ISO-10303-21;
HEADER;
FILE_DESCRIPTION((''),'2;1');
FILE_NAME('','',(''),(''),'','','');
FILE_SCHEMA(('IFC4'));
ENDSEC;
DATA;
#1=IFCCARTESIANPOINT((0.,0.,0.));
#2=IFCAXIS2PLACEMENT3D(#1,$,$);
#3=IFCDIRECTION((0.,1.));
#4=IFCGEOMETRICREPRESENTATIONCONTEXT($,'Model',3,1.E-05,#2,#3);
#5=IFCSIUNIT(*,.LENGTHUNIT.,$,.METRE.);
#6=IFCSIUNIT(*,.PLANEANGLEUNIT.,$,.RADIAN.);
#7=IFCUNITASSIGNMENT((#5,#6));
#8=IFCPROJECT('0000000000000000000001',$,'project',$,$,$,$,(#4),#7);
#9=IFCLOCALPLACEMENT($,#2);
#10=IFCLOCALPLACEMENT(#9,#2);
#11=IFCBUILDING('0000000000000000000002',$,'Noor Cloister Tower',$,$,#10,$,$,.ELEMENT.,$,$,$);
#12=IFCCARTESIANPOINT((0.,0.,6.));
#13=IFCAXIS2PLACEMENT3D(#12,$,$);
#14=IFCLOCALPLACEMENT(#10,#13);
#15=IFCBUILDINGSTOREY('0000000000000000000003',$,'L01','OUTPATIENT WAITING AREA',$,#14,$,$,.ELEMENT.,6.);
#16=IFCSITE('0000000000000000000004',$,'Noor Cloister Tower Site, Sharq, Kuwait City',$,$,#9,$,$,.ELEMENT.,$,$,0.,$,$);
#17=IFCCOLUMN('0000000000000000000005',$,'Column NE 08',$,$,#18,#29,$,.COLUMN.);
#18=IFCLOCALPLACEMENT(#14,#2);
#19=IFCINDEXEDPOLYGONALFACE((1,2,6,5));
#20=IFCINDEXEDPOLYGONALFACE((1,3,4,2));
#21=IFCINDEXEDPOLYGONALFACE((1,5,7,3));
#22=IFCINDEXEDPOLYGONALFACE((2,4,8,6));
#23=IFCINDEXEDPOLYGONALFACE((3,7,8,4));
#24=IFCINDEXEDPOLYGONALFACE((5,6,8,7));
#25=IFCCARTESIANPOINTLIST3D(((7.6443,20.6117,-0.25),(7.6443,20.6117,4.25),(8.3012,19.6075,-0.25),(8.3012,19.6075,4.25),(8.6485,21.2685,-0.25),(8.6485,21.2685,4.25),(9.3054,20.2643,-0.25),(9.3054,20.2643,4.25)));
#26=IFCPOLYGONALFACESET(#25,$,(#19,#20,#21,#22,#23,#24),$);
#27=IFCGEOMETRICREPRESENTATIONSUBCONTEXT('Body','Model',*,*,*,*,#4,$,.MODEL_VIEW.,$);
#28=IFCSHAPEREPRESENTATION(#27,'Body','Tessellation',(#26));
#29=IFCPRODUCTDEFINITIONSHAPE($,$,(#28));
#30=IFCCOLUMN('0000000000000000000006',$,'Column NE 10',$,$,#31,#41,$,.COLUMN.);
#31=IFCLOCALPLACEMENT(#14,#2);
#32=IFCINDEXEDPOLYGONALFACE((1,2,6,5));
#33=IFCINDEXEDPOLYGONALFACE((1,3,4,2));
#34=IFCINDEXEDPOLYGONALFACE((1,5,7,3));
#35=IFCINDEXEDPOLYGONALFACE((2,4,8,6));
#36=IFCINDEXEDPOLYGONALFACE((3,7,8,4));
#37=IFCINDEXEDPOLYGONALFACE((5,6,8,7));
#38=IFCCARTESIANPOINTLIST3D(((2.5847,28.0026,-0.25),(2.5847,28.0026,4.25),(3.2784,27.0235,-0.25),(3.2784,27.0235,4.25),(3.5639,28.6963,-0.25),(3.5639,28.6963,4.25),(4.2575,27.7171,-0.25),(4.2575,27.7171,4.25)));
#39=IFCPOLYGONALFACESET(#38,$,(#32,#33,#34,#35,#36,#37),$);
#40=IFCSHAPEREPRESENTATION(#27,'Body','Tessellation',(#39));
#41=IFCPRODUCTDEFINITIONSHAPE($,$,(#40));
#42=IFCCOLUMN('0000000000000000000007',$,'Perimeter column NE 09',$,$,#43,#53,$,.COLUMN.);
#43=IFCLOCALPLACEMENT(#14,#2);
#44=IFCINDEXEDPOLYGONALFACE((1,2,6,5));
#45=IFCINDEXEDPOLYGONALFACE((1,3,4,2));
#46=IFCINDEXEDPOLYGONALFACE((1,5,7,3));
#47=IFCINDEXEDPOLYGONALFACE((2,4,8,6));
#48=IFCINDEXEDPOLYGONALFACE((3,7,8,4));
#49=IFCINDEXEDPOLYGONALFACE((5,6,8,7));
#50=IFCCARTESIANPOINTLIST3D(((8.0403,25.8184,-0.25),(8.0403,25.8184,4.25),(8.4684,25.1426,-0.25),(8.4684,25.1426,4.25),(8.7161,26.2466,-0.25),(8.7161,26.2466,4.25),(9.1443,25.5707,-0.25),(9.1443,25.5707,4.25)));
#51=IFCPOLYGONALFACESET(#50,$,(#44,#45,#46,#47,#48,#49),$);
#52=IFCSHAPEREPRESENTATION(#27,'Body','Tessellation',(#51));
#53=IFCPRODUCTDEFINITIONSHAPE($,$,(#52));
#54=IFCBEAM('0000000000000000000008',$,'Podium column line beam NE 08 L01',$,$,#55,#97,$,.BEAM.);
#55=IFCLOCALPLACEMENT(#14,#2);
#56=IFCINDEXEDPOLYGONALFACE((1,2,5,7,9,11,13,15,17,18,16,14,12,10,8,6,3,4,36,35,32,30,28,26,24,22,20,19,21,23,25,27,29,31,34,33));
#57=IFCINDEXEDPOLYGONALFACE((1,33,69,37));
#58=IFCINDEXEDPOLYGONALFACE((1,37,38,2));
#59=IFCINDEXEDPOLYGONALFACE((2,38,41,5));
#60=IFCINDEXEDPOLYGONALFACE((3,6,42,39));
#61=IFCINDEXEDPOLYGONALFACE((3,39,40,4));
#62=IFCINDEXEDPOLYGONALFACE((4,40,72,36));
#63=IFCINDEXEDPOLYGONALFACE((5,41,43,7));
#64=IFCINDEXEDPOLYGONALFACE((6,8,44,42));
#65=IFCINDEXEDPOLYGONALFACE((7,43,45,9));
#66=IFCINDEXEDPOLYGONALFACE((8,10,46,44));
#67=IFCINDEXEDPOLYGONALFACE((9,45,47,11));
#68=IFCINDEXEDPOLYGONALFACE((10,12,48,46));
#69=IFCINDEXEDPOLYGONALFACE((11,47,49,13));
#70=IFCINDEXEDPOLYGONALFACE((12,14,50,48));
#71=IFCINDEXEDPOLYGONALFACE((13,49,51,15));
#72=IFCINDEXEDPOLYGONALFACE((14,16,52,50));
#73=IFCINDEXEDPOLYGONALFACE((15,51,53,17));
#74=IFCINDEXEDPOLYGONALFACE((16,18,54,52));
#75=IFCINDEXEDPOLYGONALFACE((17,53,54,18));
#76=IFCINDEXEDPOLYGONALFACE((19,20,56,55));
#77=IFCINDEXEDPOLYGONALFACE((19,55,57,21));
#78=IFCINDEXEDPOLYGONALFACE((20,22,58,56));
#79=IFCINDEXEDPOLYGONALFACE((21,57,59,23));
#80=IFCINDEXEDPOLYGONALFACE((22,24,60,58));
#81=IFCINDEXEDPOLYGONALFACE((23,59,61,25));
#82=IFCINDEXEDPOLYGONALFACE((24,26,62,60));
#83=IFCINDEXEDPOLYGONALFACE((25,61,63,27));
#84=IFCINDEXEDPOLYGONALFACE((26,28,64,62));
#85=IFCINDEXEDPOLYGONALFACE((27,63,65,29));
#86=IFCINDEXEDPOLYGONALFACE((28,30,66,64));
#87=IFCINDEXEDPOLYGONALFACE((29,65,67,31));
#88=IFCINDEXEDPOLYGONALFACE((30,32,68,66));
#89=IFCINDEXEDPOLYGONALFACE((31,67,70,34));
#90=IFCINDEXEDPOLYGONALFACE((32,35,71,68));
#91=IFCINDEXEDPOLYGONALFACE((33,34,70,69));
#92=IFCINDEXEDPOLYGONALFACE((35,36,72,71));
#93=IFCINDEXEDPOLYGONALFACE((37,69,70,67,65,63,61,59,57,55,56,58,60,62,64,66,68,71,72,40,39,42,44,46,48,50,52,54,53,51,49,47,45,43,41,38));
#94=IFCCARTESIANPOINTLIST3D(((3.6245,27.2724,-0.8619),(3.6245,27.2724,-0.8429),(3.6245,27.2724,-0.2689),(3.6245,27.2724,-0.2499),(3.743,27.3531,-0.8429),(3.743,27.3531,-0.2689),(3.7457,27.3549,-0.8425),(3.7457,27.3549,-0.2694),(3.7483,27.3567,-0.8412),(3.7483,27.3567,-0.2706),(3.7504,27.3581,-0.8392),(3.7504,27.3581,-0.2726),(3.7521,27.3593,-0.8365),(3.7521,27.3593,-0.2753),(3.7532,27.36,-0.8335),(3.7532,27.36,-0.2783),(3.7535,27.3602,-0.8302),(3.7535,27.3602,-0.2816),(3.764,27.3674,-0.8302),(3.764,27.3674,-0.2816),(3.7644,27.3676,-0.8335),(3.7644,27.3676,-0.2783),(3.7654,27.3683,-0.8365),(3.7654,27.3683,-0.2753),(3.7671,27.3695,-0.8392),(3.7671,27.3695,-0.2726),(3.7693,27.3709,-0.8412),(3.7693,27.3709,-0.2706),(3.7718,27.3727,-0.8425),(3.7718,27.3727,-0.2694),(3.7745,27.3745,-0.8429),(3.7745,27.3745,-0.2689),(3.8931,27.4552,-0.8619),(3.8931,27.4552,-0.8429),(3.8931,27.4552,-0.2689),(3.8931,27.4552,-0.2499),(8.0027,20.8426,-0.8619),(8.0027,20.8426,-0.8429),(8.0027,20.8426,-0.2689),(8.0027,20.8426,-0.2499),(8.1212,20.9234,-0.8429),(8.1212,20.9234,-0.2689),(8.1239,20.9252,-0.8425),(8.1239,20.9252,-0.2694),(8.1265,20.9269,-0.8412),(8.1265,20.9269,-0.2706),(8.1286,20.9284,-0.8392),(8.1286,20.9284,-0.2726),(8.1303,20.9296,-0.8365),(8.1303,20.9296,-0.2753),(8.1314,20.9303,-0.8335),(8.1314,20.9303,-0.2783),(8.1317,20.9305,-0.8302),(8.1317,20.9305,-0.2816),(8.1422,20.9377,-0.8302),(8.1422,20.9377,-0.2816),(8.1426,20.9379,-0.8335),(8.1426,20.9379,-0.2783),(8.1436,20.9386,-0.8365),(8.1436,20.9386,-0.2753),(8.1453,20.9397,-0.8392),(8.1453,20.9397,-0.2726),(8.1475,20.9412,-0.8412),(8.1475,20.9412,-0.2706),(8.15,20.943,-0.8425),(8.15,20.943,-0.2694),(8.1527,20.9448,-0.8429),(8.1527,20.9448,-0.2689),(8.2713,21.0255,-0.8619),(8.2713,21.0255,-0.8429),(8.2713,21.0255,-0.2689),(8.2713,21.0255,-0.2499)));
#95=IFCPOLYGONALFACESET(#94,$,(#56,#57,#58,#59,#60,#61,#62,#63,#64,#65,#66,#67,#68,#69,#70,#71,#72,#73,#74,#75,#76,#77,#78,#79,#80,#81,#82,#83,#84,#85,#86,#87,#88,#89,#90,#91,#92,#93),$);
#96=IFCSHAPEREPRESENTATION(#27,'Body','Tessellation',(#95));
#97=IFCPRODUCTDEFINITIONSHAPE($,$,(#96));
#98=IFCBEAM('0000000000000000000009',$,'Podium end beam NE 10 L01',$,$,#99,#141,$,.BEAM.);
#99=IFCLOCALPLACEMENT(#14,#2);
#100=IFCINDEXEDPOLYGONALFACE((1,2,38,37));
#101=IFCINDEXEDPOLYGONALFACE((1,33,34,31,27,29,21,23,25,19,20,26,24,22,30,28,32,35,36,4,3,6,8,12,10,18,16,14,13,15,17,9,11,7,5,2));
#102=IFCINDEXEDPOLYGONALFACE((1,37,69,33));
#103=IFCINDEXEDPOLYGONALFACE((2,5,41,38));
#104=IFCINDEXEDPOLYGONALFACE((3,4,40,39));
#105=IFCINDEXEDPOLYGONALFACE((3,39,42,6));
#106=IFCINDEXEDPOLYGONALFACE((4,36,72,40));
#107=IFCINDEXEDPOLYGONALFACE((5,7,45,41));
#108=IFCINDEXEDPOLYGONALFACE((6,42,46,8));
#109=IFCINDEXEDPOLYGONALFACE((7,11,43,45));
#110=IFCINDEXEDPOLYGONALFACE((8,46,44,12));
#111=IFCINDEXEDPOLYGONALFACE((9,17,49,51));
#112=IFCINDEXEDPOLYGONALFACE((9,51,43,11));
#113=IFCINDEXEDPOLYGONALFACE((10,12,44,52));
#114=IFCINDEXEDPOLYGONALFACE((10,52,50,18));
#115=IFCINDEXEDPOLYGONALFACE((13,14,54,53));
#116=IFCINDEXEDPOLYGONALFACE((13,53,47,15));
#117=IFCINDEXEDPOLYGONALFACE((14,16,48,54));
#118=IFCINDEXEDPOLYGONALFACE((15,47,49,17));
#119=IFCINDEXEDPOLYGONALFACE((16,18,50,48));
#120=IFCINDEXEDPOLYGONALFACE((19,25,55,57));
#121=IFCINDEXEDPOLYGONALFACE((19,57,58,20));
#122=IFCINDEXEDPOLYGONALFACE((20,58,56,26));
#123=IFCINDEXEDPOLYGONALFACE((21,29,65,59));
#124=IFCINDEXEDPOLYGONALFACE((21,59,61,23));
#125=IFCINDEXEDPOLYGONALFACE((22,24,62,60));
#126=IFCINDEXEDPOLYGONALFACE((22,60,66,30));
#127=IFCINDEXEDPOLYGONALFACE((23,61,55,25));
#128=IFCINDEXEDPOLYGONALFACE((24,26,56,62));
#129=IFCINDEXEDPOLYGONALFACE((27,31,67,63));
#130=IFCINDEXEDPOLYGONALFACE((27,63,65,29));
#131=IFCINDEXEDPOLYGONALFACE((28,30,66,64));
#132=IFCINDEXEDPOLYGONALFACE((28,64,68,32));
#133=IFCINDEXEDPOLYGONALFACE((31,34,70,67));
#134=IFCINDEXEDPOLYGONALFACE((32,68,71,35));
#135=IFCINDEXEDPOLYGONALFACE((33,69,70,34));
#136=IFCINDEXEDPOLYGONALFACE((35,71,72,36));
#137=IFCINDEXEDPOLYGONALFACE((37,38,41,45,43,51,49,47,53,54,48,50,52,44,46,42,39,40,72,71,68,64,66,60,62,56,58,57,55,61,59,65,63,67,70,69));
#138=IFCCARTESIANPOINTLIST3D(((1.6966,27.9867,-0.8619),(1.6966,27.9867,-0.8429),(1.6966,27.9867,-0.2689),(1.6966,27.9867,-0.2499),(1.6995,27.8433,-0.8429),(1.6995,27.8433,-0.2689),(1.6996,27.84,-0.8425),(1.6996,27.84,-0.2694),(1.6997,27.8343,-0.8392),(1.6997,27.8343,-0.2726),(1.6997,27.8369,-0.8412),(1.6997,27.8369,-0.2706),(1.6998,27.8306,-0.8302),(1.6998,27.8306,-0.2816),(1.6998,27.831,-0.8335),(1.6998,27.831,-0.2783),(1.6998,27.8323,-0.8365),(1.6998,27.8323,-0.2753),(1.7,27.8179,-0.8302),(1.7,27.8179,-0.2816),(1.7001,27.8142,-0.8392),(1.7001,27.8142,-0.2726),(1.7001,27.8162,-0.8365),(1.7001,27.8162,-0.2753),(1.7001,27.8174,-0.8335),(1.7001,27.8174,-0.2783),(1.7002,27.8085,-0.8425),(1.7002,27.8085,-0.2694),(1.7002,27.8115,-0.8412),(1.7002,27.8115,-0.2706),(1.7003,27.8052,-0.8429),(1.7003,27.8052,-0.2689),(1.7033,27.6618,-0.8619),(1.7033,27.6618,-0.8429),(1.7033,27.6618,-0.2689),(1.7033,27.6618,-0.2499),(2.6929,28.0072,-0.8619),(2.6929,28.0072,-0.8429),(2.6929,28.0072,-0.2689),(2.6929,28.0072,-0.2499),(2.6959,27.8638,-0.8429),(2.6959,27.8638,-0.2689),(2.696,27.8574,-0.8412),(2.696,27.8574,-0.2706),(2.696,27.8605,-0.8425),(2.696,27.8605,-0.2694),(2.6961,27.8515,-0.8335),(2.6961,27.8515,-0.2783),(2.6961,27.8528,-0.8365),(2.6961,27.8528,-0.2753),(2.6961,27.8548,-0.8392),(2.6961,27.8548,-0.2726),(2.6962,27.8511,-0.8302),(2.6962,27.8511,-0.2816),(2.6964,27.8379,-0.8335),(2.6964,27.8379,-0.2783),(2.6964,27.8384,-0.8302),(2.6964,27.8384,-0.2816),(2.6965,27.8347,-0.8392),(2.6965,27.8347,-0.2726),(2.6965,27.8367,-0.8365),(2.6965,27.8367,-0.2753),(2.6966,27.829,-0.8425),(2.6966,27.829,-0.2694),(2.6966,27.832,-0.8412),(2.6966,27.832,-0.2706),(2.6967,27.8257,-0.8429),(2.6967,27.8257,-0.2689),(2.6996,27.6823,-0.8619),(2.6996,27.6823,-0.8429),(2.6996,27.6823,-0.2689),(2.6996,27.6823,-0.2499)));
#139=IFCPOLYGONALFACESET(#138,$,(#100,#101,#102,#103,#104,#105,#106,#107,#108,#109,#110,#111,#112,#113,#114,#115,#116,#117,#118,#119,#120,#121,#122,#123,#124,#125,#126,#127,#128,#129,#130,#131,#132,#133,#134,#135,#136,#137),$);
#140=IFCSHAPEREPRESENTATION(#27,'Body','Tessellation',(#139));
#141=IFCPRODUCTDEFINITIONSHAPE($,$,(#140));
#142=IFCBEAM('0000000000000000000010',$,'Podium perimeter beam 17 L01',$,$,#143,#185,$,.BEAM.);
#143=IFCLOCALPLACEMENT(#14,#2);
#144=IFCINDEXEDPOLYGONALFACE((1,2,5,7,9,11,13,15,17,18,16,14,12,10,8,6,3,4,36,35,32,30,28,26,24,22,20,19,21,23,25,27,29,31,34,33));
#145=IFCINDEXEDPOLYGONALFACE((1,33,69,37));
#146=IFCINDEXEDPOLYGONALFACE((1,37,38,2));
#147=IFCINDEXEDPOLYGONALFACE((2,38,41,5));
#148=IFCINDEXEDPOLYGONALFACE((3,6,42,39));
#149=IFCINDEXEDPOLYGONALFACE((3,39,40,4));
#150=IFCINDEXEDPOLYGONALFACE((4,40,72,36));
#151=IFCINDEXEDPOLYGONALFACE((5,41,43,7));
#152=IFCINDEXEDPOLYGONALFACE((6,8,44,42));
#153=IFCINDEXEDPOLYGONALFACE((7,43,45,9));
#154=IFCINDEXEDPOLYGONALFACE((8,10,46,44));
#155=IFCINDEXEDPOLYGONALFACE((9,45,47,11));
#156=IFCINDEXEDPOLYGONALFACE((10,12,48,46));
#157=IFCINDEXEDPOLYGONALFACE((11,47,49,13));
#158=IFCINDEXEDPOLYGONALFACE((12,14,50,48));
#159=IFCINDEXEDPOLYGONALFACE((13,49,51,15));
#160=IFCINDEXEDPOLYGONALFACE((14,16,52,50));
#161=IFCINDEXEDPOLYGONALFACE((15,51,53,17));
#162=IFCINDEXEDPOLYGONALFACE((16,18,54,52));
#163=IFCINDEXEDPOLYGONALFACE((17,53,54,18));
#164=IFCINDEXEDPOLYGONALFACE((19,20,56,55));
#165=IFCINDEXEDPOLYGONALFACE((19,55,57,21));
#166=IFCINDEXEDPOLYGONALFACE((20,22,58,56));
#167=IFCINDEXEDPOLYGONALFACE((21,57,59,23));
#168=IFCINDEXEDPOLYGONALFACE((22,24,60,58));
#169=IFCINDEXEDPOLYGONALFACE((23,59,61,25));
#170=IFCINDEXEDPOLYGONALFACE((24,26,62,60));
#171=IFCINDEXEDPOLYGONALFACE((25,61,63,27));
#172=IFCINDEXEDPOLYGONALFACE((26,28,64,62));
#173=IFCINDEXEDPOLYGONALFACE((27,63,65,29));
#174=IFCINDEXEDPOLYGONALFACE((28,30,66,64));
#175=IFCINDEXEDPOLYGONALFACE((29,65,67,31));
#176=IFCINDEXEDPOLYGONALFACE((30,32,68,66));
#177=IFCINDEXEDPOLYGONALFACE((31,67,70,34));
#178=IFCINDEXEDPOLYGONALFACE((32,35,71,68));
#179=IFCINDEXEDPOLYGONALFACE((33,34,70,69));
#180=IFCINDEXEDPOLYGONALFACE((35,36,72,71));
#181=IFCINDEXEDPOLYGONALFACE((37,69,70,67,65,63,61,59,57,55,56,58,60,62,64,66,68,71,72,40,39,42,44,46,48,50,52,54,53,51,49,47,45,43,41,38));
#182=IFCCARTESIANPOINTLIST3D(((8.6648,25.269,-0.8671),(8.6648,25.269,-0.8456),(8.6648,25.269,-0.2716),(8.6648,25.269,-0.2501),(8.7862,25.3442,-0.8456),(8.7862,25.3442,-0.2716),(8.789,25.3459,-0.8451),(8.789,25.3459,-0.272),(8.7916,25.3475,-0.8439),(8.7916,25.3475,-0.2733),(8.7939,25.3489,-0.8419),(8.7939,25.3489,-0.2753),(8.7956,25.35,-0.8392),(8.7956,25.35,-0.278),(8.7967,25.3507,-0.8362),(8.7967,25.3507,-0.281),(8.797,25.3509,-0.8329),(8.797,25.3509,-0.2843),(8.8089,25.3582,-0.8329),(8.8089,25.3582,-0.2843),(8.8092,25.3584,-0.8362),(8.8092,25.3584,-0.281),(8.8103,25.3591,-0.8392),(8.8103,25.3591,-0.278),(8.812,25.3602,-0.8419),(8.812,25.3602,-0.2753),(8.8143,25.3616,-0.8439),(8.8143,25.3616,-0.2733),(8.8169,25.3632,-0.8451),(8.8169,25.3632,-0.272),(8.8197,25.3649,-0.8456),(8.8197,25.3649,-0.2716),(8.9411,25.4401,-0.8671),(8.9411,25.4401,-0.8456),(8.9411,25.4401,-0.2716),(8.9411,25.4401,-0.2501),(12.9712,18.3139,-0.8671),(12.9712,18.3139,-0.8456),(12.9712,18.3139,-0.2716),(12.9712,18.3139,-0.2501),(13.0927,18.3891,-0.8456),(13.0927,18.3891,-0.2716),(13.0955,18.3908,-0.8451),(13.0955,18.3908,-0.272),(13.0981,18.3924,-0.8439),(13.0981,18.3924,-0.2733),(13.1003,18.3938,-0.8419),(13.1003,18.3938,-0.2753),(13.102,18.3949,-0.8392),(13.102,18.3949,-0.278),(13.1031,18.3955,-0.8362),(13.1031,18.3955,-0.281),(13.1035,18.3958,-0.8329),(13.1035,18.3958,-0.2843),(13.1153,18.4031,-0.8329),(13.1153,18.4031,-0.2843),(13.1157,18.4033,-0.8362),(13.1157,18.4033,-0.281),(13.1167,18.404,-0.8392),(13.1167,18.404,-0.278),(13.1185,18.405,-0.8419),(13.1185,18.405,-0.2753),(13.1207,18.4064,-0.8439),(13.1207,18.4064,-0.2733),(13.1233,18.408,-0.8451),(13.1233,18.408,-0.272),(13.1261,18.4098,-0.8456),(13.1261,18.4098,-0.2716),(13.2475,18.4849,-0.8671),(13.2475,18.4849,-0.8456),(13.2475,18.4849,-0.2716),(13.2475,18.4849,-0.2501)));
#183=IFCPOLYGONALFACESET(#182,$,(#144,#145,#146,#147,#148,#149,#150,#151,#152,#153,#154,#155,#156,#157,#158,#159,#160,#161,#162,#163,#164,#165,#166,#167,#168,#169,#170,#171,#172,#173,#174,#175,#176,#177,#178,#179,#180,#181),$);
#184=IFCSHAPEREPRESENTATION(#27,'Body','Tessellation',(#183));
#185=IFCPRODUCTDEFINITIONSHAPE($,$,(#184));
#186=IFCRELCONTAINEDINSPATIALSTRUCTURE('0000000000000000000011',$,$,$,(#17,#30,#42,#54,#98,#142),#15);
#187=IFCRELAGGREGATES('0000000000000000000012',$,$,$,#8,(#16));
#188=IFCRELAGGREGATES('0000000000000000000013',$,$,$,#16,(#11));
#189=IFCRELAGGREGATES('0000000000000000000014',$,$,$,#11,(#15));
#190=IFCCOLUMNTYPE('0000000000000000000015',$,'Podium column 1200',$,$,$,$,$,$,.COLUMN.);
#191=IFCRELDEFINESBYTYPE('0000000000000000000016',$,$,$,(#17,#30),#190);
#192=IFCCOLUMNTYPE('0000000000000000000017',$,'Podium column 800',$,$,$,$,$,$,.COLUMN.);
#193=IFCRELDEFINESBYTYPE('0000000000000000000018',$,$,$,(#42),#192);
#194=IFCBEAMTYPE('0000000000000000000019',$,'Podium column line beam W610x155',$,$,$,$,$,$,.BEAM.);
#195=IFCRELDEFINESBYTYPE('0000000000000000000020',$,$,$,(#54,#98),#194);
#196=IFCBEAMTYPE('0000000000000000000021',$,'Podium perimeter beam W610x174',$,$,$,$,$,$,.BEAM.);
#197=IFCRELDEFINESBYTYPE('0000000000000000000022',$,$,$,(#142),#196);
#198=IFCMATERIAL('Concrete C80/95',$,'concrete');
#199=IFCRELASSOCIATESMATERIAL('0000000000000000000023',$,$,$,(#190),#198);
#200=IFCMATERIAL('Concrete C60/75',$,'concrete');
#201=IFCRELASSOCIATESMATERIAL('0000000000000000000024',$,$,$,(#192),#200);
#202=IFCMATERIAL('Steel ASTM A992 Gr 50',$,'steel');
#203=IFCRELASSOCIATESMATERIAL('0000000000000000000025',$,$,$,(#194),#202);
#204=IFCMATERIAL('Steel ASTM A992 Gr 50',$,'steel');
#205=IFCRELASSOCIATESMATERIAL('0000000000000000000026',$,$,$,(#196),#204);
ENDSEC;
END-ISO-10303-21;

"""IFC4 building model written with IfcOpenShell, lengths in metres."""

from ifc_helpers import new_model, si_unit, direction, frame, origin, origin_2d, place, context, subcontext, project, spatial, rectangle, i_section, extrude, material, material_profile, profile_set, type_object, element, save


model = new_model("IFC4")

# Units and contexts
model_context = context("Model", 3, precision=1e-05, world=origin(), true_north=direction((0.0, 1.0)))
body_context = subcontext(model_context, "Body", "Model", "MODEL_VIEW")
ifc_project = project(units=[si_unit("LENGTHUNIT", "METRE"), si_unit("PLANEANGLEUNIT", "RADIAN")], contexts=[model_context])

# Site, building, storey
site_placement = place(None, origin())
site = spatial("IfcSite", under=ifc_project, at=site_placement, Name="Noor Cloister Tower Site, Sharq, Kuwait City", CompositionType="ELEMENT", RefElevation=0.0)
building_placement = place(site_placement, origin())
building = spatial("IfcBuilding", under=site, at=building_placement, Name="Noor Cloister Tower", CompositionType="ELEMENT")
storey_placement = place(building_placement, frame((0.0, 0.0, 6.0)))
storey = spatial("IfcBuildingStorey", under=building, at=storey_placement, Name="L01", Description="OUTPATIENT WAITING AREA", CompositionType="ELEMENT", Elevation=6.0)

# Columns
ifc_material_1 = material(Name="Concrete C80/95", Category="concrete")
ifc_material_profile_1 = material_profile(ifc_material_1, rectangle(XDim=1.2, YDim=1.2, at=origin_2d()), Name="Podium column 1200")
ifc_profile_set_1 = profile_set([ifc_material_profile_1], Name="Concrete C80/95")
column_type_1 = type_object("IfcColumnType", Name="Podium column 1200", PredefinedType="COLUMN", material=ifc_profile_set_1)
for number, where, z_axis, x_axis, name in (
    (1, (8.4749, 20.438, -0.25), (0.0, 0.0, 1.0), (0.836868, 0.547405, 0.0), "Column NE 08"),
    (2, (3.4211, 27.8599, -0.25), (0.0, 0.0, 1.0), (0.815983, 0.578076, 0.0), "Column NE 10"),
):
    element("IfcColumn", number, at=place(storey_placement, frame(where, z_axis=z_axis, x_axis=x_axis)), inside=storey, type_object=column_type_1, Name=name, PredefinedType="COLUMN", context=body_context, shape_type="SweptSolid", body=[
        extrude(rectangle(XDim=1.2, YDim=1.2, at=origin_2d()), origin(), (0.0, 0.0, 1.0), 4.5),
    ])
ifc_material_2 = material(Name="Concrete C60/75", Category="concrete")
ifc_material_profile_2 = material_profile(ifc_material_2, rectangle(XDim=0.8, YDim=0.8, at=origin_2d()), Name="Podium column 800")
ifc_profile_set_2 = profile_set([ifc_material_profile_2], Name="Concrete C60/75")
column_type_2 = type_object("IfcColumnType", Name="Podium column 800", PredefinedType="COLUMN", material=ifc_profile_set_2)
column_placement = place(storey_placement, frame((8.5923, 25.6946, -0.25), z_axis=(0.0, 0.0, 1.0), x_axis=(0.844762, 0.535142, 0.0)))
element("IfcColumn", 3, at=column_placement, inside=storey, type_object=column_type_2, Name="Perimeter column NE 09", PredefinedType="COLUMN", context=body_context, shape_type="SweptSolid", body=[
    extrude(rectangle(XDim=0.8, YDim=0.8, at=origin_2d()), origin(), (0.0, 0.0, 1.0), 4.5),
])

# Beams
ifc_material_3 = material(Name="Steel ASTM A992 Gr 50", Category="steel")
ifc_material_profile_3 = material_profile(ifc_material_3, i_section(OverallWidth=0.325, OverallDepth=0.6121, WebThickness=0.0127, FlangeThickness=0.019, FilletRadius=0.0127, at=origin_2d()), Name="W610x155")
ifc_profile_set_3 = profile_set([ifc_material_profile_3], Name="Steel ASTM A992 Gr 50")
beam_type_1 = type_object("IfcBeamType", Name="Podium column line beam W610x155", PredefinedType="BEAM", material=ifc_profile_set_3)
beam_1_placement = place(storey_placement, frame((8.137, 20.9341, -0.5559), z_axis=(-0.562836, 0.826568, 0.0), x_axis=(-0.826568, -0.562836, 0.0)))
element("IfcBeam", 4, at=beam_1_placement, inside=storey, type_object=beam_type_1, Name="Podium column line beam NE 08 L01", PredefinedType="BEAM", context=body_context, shape_type="SweptSolid", body=[
    extrude(i_section(OverallWidth=0.325, OverallDepth=0.6121, WebThickness=0.0127, FlangeThickness=0.019, FilletRadius=0.0127, at=origin_2d()), origin(), (0.0, 0.0, 1.0), 7.7788),
])
beam_2_placement = place(storey_placement, frame((2.6963, 27.8447, -0.5559), z_axis=(-0.999788, -0.020579, 0.0), x_axis=(0.020579, -0.999788, 0.0)))
element("IfcBeam", 5, at=beam_2_placement, inside=storey, type_object=beam_type_1, Name="Podium end beam NE 10 L01", PredefinedType="BEAM", context=body_context, shape_type="SweptSolid", body=[
    extrude(i_section(OverallWidth=0.325, OverallDepth=0.6121, WebThickness=0.0127, FlangeThickness=0.019, FilletRadius=0.0127, at=origin_2d()), origin(), (0.0, 0.0, 1.0), 0.9966),
])
ifc_material_4 = material(Name="Steel ASTM A992 Gr 50", Category="steel")
ifc_material_profile_4 = material_profile(ifc_material_4, i_section(OverallWidth=0.325, OverallDepth=0.6169, WebThickness=0.0139, FlangeThickness=0.0215, FilletRadius=0.0127, at=origin_2d()), Name="W610x174")
ifc_profile_set_4 = profile_set([ifc_material_profile_4], Name="Steel ASTM A992 Gr 50")
beam_type_2 = type_object("IfcBeamType", Name="Podium perimeter beam W610x174", PredefinedType="BEAM", material=ifc_profile_set_4)
beam_3_placement = place(storey_placement, frame((13.1094, 18.3994, -0.5586), z_axis=(-0.526432, 0.850217, 0.0), x_axis=(-0.850217, -0.526432, 0.0)))
element("IfcBeam", 6, at=beam_3_placement, inside=storey, type_object=beam_type_2, Name="Podium perimeter beam 17 L01", PredefinedType="BEAM", context=body_context, shape_type="SweptSolid", body=[
    extrude(i_section(OverallWidth=0.325, OverallDepth=0.6169, WebThickness=0.0139, FlangeThickness=0.0215, FilletRadius=0.0127, at=origin_2d()), origin(), (0.0, 0.0, 1.0), 8.1804),
])

save(model, "model.ifc")
